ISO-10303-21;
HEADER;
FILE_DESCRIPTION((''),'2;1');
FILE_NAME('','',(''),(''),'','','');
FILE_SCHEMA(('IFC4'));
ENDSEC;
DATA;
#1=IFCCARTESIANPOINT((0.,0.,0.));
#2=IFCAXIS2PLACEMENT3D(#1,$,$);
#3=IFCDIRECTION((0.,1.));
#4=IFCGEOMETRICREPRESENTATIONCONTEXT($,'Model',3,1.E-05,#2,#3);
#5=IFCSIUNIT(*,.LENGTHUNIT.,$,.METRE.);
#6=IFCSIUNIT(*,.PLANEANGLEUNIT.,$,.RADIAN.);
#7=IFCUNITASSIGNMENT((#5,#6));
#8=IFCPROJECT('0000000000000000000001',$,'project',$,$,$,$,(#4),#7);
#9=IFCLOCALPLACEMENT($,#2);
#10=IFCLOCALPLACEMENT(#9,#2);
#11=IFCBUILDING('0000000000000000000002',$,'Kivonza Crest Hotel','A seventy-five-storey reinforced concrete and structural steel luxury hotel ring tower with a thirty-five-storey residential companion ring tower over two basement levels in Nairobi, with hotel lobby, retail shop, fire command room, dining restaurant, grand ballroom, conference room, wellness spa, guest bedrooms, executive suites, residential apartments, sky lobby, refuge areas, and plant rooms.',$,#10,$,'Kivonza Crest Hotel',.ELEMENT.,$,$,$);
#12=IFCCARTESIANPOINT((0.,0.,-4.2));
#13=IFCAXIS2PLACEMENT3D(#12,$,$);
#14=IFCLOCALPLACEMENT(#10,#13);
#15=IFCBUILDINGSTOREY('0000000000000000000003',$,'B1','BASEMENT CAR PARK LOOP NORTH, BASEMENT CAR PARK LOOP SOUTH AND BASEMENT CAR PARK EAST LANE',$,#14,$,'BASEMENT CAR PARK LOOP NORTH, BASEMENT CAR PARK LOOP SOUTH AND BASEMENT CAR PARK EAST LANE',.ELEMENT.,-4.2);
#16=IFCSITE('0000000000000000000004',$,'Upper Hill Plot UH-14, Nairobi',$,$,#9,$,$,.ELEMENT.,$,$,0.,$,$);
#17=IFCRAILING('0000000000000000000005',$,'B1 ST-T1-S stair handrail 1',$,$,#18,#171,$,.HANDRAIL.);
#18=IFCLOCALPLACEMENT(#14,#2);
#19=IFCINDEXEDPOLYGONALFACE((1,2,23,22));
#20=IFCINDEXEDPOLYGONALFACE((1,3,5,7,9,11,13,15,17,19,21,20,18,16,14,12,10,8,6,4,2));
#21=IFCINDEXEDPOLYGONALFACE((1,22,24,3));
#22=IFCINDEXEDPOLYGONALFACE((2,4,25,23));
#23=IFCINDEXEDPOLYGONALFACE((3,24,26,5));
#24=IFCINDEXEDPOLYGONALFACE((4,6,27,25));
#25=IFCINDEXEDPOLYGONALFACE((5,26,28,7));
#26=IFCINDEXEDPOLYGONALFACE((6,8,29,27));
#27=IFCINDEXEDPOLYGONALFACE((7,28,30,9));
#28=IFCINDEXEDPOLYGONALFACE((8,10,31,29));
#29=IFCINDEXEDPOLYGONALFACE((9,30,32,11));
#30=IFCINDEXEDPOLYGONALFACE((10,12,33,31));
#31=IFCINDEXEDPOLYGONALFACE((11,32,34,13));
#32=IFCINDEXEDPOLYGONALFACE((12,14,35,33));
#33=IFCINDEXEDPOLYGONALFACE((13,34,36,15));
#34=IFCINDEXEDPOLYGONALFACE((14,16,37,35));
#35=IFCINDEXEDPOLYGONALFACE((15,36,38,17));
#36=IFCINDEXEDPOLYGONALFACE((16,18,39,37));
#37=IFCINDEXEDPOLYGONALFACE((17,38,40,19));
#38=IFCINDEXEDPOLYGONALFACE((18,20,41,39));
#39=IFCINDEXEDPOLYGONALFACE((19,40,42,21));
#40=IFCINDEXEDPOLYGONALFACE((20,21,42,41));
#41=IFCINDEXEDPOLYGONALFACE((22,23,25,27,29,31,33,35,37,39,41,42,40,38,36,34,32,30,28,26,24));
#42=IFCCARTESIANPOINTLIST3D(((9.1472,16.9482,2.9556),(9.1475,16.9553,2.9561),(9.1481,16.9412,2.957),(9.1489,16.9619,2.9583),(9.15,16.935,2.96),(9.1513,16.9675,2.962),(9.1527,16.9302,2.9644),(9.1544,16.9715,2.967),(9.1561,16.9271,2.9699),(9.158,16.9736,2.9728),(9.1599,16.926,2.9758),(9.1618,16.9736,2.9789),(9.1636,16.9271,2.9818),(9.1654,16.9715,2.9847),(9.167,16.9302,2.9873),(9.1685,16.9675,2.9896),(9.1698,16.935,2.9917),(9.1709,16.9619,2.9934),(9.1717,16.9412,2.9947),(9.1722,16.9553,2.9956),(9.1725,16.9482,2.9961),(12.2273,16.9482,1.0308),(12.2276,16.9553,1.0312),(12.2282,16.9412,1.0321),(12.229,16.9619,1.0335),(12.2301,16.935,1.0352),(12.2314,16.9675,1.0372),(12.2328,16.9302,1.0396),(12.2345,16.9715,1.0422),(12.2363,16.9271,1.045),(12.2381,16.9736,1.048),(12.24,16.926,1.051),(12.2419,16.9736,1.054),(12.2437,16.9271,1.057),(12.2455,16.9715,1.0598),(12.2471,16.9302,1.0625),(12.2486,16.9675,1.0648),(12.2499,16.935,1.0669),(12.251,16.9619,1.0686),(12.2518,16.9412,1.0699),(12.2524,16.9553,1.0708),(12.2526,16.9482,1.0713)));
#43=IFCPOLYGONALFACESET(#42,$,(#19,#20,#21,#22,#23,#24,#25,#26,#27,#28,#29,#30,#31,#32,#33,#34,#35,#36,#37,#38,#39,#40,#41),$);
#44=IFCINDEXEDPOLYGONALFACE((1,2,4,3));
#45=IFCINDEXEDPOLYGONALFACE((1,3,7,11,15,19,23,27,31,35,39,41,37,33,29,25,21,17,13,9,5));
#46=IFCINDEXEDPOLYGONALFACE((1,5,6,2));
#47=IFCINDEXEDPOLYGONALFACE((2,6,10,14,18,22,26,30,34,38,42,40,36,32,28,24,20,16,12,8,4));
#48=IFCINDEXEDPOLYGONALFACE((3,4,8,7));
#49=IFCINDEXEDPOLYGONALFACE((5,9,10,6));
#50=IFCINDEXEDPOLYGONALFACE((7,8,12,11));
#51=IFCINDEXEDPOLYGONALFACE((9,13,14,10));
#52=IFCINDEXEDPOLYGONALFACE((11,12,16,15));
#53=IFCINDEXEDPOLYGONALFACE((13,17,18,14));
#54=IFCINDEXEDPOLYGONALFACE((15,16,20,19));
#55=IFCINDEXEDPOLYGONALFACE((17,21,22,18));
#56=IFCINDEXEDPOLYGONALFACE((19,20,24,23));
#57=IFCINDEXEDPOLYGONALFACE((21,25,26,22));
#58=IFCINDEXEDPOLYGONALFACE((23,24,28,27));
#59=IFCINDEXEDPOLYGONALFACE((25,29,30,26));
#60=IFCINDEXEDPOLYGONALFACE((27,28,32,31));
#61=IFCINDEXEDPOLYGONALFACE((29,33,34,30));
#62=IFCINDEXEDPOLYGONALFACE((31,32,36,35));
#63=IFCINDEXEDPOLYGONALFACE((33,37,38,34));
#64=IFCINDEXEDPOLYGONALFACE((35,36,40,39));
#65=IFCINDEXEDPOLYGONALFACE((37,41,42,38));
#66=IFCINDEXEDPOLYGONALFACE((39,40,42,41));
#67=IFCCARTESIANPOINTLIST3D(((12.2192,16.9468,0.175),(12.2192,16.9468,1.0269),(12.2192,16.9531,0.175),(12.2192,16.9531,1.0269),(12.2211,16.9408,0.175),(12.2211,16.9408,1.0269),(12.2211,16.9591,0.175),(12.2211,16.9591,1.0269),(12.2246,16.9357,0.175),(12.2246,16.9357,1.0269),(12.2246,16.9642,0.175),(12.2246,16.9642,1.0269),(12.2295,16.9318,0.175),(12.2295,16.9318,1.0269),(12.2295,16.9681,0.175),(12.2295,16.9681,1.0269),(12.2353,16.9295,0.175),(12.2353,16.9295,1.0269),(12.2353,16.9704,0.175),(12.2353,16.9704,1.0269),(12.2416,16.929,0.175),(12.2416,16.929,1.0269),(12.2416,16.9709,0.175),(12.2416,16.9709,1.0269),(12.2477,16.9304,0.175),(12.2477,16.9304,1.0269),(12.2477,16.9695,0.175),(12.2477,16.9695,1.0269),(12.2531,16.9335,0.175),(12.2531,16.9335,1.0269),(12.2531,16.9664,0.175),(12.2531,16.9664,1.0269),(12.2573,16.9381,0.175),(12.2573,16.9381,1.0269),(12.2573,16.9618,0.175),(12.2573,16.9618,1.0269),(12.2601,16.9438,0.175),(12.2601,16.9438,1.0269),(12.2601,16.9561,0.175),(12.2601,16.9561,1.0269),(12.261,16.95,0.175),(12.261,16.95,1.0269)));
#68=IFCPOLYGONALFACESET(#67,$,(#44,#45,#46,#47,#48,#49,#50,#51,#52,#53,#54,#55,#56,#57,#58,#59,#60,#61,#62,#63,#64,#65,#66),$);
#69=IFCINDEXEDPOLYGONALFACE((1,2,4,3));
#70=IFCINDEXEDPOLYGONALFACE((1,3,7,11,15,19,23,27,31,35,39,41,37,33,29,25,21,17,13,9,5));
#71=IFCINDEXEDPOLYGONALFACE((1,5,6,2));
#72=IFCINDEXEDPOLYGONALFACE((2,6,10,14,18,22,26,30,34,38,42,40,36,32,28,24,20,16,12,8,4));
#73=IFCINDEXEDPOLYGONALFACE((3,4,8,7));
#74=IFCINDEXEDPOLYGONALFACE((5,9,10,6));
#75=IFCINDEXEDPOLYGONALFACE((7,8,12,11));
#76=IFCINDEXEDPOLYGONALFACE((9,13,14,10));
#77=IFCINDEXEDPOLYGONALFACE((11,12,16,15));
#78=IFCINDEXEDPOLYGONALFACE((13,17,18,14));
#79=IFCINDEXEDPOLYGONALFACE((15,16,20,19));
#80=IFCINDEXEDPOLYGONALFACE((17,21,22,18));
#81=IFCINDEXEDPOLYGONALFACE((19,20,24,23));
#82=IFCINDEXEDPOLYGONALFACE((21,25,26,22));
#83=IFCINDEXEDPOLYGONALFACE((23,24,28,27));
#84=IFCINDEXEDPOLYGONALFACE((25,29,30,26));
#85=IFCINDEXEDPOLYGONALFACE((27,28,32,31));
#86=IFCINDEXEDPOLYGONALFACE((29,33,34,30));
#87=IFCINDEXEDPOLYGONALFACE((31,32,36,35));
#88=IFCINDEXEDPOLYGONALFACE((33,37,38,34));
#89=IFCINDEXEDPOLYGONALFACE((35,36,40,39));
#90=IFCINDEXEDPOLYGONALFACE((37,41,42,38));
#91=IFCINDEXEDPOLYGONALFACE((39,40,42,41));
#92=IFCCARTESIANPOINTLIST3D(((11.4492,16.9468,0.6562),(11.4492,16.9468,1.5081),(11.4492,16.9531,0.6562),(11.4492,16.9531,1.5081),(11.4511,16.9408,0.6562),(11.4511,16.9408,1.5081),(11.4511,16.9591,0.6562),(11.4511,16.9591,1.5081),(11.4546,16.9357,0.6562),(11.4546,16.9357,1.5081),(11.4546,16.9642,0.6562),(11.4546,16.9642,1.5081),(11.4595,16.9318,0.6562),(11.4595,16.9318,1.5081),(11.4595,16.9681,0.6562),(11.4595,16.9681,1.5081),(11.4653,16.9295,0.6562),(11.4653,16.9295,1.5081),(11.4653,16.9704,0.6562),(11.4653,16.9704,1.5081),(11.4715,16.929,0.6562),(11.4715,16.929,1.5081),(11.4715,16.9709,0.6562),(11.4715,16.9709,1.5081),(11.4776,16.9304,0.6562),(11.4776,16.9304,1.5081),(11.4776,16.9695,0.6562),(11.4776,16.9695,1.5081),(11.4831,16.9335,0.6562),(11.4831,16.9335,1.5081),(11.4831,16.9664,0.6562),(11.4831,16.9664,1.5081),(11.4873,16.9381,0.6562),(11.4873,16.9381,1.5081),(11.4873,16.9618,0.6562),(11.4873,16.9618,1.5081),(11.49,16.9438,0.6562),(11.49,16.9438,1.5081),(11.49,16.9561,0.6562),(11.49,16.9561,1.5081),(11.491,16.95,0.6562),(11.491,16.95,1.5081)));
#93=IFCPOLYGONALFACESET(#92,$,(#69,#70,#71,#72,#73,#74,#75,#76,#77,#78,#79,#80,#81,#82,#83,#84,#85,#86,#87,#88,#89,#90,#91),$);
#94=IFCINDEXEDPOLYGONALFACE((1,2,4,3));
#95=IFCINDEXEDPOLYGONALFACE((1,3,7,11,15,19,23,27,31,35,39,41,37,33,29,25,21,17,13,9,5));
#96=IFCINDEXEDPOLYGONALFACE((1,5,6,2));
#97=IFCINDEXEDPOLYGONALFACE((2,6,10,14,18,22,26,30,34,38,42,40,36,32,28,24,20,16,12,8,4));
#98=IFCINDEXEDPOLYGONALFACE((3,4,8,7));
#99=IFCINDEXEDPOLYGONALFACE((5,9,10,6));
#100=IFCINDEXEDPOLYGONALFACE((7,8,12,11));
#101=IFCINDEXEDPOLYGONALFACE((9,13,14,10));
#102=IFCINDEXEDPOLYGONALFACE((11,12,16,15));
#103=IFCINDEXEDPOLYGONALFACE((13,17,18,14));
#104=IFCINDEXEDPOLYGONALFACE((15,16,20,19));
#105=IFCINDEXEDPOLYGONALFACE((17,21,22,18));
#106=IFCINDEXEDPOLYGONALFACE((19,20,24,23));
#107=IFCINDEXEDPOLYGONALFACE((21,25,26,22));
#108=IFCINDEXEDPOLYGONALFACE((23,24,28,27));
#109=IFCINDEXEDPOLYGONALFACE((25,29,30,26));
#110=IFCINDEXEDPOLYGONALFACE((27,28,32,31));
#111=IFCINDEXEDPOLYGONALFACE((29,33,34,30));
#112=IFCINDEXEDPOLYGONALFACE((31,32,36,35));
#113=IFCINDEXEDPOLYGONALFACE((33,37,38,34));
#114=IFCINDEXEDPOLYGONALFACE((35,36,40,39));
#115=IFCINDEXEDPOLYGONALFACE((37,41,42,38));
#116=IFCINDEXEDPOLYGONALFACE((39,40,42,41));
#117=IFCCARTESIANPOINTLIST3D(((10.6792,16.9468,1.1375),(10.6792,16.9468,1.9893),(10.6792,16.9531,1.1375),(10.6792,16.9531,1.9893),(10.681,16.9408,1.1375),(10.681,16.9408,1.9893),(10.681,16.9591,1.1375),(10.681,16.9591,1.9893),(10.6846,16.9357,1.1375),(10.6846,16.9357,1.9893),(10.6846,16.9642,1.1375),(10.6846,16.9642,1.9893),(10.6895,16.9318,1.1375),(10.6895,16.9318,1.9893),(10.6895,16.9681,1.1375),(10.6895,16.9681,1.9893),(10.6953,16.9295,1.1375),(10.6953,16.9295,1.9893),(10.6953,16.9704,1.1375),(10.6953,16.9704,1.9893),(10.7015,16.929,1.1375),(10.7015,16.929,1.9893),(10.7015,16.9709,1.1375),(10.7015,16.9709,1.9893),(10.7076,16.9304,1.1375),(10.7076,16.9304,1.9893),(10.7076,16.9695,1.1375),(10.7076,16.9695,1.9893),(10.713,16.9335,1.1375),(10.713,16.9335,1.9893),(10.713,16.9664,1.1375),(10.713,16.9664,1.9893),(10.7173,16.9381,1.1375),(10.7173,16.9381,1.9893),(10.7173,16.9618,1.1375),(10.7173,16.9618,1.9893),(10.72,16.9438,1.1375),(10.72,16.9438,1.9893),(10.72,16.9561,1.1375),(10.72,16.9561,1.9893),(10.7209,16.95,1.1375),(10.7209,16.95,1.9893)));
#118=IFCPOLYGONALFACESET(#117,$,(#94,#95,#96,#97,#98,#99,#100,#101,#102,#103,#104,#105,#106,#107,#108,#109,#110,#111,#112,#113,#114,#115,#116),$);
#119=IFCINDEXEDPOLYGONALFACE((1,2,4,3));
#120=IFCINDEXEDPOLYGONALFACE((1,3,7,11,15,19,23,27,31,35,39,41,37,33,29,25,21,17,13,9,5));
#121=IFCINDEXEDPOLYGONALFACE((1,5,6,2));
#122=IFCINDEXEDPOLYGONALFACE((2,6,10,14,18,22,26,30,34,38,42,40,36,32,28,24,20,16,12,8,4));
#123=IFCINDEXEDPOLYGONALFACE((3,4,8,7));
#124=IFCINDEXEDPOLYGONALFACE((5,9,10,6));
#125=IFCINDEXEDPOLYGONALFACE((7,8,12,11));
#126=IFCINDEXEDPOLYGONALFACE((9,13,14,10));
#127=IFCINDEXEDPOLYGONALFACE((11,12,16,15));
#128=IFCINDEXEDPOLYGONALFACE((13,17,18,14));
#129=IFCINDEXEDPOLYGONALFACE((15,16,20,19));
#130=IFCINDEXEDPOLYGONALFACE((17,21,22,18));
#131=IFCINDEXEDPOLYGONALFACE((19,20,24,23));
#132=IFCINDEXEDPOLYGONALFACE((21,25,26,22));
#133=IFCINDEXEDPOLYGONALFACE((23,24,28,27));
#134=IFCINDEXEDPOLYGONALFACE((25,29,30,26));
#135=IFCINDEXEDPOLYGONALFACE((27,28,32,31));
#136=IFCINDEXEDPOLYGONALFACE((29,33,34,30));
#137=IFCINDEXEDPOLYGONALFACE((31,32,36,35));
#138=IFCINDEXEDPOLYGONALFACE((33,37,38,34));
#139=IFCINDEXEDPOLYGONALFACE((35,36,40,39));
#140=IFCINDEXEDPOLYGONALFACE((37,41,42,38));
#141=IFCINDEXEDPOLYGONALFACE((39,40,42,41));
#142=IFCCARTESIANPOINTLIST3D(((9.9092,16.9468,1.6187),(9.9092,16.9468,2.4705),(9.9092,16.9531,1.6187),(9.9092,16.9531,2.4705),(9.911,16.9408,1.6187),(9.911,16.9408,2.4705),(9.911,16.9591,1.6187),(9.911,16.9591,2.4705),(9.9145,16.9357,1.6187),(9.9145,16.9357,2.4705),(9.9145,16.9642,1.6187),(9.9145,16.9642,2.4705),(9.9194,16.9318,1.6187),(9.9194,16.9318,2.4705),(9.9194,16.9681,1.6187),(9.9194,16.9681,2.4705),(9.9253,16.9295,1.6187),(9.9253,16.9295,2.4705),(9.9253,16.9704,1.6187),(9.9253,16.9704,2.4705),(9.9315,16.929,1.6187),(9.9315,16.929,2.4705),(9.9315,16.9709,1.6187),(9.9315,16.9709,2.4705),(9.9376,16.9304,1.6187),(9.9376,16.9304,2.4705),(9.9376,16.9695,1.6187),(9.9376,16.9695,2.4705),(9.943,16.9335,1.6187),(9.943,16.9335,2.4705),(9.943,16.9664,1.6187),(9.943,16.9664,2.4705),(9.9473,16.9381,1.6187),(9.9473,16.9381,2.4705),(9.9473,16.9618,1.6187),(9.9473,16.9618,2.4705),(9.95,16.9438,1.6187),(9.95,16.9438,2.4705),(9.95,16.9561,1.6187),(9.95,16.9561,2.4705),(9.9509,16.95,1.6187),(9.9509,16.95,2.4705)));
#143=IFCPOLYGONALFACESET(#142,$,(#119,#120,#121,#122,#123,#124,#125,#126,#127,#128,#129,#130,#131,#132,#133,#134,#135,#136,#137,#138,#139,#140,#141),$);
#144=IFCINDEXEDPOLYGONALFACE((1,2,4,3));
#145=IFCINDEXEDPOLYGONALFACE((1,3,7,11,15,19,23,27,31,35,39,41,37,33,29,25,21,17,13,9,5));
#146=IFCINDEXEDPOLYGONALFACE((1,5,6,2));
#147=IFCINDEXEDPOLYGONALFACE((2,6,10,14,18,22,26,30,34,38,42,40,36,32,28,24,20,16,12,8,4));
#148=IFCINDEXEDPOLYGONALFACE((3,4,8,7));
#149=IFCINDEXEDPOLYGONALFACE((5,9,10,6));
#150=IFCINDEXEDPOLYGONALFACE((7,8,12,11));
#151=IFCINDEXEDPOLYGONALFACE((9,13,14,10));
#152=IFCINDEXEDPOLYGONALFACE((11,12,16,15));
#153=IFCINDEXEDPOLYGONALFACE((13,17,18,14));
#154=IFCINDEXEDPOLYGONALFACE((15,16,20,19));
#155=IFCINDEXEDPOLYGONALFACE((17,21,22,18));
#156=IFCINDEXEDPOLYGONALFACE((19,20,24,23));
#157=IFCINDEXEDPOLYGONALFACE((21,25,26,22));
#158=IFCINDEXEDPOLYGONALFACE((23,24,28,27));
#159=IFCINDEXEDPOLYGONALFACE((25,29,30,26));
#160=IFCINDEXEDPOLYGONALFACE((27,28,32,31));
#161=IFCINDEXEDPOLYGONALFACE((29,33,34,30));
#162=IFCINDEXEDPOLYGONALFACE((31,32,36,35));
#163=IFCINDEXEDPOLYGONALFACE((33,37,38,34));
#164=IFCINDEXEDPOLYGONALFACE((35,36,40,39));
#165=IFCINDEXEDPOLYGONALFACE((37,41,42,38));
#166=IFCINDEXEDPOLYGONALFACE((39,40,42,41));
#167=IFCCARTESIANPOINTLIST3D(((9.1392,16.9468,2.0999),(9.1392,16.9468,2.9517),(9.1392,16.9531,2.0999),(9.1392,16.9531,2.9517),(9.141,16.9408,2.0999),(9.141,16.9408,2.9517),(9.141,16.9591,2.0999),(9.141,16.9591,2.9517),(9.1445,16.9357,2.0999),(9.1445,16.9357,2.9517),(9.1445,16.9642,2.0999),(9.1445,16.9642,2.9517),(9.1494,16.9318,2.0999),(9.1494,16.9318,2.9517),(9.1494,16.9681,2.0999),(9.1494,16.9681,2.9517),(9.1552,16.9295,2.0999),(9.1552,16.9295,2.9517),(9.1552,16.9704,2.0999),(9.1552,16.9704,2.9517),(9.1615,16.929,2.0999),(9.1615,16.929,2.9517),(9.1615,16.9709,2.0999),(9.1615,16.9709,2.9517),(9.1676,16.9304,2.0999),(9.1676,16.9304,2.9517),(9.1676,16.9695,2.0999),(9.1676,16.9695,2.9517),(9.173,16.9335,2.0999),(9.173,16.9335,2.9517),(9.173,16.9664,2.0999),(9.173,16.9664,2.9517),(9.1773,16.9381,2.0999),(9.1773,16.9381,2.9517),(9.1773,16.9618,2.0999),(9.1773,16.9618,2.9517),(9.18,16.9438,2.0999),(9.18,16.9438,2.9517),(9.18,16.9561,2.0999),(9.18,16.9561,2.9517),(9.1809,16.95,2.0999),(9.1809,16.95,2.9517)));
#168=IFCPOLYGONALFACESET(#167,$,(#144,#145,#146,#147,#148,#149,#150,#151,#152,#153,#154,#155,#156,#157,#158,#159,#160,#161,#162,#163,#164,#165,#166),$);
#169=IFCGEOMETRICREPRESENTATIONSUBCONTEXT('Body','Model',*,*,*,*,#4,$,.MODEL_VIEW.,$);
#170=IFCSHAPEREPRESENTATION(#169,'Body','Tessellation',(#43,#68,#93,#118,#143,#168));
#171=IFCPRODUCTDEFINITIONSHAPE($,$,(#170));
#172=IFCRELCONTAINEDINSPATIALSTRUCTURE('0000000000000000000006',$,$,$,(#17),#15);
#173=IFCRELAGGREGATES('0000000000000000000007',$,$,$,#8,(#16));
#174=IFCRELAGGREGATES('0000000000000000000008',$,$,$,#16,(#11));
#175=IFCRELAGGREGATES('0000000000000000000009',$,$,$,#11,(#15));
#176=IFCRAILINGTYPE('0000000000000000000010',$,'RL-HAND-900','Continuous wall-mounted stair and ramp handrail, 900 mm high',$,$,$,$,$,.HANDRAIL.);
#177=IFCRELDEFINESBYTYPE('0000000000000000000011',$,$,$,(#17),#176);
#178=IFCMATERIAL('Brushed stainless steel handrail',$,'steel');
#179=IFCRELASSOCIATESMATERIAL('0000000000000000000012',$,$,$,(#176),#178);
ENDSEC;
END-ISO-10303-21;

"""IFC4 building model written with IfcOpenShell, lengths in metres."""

from ifc_helpers import new_model, si_unit, direction, frame, origin, origin_2d, place, context, subcontext, project, spatial, circle, extrude, material, type_object, element, save


model = new_model("IFC4")

# Units and contexts
model_context = context("Model", 3, precision=1e-05, world=origin(), true_north=direction((0.0, 1.0)))
body_context = subcontext(model_context, "Body", "Model", "MODEL_VIEW")
ifc_project = project(units=[si_unit("LENGTHUNIT", "METRE"), si_unit("PLANEANGLEUNIT", "RADIAN")], contexts=[model_context])

# Site, building, storey
site_placement = place(None, origin())
site = spatial("IfcSite", under=ifc_project, at=site_placement, Name="Upper Hill Plot UH-14, Nairobi", CompositionType="ELEMENT", RefElevation=0.0)
building_placement = place(site_placement, origin())
building = spatial("IfcBuilding", under=site, at=building_placement, Name="Kivonza Crest Hotel", Description="A seventy-five-storey reinforced concrete and structural steel luxury hotel ring tower with a thirty-five-storey residential companion ring tower over two basement levels in Nairobi, with hotel lobby, retail shop, fire command room, dining restaurant, grand ballroom, conference room, wellness spa, guest bedrooms, executive suites, residential apartments, sky lobby, refuge areas, and plant rooms.", LongName="Kivonza Crest Hotel", CompositionType="ELEMENT")
storey_placement = place(building_placement, frame((0.0, 0.0, -4.2)))
storey = spatial("IfcBuildingStorey", under=building, at=storey_placement, Name="B1", Description="BASEMENT CAR PARK LOOP NORTH, BASEMENT CAR PARK LOOP SOUTH AND BASEMENT CAR PARK EAST LANE", LongName="BASEMENT CAR PARK LOOP NORTH, BASEMENT CAR PARK LOOP SOUTH AND BASEMENT CAR PARK EAST LANE", CompositionType="ELEMENT", Elevation=-4.2)

# Railing
ifc_material_1 = material(Name="Brushed stainless steel handrail", Category="steel")
railing_type_1 = type_object("IfcRailingType", Name="RL-HAND-900", Description="Continuous wall-mounted stair and ramp handrail, 900 mm high", PredefinedType="HANDRAIL", material=ifc_material_1)
railing_1_placement = place(storey_placement, frame((12.24, 16.95, 0.175)))
element("IfcRailing", 1, at=railing_1_placement, inside=storey, type_object=railing_type_1, Name="B1 ST-T1-S stair handrail 1", PredefinedType="HANDRAIL", context=body_context, shape_type="SweptSolid", body=[
    extrude(circle(Radius=0.0239, at=origin_2d()), frame((0.0, 0.0, 0.876), z_axis=(-0.848029, 0.0, 0.529951), x_axis=(0.0, -1.0, 0.0)), (0.0, 0.0, 1.0), 3.6321),
    extrude(circle(Radius=0.021, at=origin_2d()), origin(), (0.0, 0.0, 1.0), 0.8518),
    extrude(circle(Radius=0.021, at=origin_2d()), frame((-0.77, 0.0, 0.4812)), (0.0, 0.0, 1.0), 0.8518),
    extrude(circle(Radius=0.021, at=origin_2d()), frame((-1.54, 0.0, 0.9624)), (0.0, 0.0, 1.0), 0.8518),
    extrude(circle(Radius=0.021, at=origin_2d()), frame((-2.3101, 0.0, 1.4436)), (0.0, 0.0, 1.0), 0.8518),
    extrude(circle(Radius=0.021, at=origin_2d()), frame((-3.0801, 0.0, 1.9248)), (0.0, 0.0, 1.0), 0.8518),
])

save(model, "model.ifc")
